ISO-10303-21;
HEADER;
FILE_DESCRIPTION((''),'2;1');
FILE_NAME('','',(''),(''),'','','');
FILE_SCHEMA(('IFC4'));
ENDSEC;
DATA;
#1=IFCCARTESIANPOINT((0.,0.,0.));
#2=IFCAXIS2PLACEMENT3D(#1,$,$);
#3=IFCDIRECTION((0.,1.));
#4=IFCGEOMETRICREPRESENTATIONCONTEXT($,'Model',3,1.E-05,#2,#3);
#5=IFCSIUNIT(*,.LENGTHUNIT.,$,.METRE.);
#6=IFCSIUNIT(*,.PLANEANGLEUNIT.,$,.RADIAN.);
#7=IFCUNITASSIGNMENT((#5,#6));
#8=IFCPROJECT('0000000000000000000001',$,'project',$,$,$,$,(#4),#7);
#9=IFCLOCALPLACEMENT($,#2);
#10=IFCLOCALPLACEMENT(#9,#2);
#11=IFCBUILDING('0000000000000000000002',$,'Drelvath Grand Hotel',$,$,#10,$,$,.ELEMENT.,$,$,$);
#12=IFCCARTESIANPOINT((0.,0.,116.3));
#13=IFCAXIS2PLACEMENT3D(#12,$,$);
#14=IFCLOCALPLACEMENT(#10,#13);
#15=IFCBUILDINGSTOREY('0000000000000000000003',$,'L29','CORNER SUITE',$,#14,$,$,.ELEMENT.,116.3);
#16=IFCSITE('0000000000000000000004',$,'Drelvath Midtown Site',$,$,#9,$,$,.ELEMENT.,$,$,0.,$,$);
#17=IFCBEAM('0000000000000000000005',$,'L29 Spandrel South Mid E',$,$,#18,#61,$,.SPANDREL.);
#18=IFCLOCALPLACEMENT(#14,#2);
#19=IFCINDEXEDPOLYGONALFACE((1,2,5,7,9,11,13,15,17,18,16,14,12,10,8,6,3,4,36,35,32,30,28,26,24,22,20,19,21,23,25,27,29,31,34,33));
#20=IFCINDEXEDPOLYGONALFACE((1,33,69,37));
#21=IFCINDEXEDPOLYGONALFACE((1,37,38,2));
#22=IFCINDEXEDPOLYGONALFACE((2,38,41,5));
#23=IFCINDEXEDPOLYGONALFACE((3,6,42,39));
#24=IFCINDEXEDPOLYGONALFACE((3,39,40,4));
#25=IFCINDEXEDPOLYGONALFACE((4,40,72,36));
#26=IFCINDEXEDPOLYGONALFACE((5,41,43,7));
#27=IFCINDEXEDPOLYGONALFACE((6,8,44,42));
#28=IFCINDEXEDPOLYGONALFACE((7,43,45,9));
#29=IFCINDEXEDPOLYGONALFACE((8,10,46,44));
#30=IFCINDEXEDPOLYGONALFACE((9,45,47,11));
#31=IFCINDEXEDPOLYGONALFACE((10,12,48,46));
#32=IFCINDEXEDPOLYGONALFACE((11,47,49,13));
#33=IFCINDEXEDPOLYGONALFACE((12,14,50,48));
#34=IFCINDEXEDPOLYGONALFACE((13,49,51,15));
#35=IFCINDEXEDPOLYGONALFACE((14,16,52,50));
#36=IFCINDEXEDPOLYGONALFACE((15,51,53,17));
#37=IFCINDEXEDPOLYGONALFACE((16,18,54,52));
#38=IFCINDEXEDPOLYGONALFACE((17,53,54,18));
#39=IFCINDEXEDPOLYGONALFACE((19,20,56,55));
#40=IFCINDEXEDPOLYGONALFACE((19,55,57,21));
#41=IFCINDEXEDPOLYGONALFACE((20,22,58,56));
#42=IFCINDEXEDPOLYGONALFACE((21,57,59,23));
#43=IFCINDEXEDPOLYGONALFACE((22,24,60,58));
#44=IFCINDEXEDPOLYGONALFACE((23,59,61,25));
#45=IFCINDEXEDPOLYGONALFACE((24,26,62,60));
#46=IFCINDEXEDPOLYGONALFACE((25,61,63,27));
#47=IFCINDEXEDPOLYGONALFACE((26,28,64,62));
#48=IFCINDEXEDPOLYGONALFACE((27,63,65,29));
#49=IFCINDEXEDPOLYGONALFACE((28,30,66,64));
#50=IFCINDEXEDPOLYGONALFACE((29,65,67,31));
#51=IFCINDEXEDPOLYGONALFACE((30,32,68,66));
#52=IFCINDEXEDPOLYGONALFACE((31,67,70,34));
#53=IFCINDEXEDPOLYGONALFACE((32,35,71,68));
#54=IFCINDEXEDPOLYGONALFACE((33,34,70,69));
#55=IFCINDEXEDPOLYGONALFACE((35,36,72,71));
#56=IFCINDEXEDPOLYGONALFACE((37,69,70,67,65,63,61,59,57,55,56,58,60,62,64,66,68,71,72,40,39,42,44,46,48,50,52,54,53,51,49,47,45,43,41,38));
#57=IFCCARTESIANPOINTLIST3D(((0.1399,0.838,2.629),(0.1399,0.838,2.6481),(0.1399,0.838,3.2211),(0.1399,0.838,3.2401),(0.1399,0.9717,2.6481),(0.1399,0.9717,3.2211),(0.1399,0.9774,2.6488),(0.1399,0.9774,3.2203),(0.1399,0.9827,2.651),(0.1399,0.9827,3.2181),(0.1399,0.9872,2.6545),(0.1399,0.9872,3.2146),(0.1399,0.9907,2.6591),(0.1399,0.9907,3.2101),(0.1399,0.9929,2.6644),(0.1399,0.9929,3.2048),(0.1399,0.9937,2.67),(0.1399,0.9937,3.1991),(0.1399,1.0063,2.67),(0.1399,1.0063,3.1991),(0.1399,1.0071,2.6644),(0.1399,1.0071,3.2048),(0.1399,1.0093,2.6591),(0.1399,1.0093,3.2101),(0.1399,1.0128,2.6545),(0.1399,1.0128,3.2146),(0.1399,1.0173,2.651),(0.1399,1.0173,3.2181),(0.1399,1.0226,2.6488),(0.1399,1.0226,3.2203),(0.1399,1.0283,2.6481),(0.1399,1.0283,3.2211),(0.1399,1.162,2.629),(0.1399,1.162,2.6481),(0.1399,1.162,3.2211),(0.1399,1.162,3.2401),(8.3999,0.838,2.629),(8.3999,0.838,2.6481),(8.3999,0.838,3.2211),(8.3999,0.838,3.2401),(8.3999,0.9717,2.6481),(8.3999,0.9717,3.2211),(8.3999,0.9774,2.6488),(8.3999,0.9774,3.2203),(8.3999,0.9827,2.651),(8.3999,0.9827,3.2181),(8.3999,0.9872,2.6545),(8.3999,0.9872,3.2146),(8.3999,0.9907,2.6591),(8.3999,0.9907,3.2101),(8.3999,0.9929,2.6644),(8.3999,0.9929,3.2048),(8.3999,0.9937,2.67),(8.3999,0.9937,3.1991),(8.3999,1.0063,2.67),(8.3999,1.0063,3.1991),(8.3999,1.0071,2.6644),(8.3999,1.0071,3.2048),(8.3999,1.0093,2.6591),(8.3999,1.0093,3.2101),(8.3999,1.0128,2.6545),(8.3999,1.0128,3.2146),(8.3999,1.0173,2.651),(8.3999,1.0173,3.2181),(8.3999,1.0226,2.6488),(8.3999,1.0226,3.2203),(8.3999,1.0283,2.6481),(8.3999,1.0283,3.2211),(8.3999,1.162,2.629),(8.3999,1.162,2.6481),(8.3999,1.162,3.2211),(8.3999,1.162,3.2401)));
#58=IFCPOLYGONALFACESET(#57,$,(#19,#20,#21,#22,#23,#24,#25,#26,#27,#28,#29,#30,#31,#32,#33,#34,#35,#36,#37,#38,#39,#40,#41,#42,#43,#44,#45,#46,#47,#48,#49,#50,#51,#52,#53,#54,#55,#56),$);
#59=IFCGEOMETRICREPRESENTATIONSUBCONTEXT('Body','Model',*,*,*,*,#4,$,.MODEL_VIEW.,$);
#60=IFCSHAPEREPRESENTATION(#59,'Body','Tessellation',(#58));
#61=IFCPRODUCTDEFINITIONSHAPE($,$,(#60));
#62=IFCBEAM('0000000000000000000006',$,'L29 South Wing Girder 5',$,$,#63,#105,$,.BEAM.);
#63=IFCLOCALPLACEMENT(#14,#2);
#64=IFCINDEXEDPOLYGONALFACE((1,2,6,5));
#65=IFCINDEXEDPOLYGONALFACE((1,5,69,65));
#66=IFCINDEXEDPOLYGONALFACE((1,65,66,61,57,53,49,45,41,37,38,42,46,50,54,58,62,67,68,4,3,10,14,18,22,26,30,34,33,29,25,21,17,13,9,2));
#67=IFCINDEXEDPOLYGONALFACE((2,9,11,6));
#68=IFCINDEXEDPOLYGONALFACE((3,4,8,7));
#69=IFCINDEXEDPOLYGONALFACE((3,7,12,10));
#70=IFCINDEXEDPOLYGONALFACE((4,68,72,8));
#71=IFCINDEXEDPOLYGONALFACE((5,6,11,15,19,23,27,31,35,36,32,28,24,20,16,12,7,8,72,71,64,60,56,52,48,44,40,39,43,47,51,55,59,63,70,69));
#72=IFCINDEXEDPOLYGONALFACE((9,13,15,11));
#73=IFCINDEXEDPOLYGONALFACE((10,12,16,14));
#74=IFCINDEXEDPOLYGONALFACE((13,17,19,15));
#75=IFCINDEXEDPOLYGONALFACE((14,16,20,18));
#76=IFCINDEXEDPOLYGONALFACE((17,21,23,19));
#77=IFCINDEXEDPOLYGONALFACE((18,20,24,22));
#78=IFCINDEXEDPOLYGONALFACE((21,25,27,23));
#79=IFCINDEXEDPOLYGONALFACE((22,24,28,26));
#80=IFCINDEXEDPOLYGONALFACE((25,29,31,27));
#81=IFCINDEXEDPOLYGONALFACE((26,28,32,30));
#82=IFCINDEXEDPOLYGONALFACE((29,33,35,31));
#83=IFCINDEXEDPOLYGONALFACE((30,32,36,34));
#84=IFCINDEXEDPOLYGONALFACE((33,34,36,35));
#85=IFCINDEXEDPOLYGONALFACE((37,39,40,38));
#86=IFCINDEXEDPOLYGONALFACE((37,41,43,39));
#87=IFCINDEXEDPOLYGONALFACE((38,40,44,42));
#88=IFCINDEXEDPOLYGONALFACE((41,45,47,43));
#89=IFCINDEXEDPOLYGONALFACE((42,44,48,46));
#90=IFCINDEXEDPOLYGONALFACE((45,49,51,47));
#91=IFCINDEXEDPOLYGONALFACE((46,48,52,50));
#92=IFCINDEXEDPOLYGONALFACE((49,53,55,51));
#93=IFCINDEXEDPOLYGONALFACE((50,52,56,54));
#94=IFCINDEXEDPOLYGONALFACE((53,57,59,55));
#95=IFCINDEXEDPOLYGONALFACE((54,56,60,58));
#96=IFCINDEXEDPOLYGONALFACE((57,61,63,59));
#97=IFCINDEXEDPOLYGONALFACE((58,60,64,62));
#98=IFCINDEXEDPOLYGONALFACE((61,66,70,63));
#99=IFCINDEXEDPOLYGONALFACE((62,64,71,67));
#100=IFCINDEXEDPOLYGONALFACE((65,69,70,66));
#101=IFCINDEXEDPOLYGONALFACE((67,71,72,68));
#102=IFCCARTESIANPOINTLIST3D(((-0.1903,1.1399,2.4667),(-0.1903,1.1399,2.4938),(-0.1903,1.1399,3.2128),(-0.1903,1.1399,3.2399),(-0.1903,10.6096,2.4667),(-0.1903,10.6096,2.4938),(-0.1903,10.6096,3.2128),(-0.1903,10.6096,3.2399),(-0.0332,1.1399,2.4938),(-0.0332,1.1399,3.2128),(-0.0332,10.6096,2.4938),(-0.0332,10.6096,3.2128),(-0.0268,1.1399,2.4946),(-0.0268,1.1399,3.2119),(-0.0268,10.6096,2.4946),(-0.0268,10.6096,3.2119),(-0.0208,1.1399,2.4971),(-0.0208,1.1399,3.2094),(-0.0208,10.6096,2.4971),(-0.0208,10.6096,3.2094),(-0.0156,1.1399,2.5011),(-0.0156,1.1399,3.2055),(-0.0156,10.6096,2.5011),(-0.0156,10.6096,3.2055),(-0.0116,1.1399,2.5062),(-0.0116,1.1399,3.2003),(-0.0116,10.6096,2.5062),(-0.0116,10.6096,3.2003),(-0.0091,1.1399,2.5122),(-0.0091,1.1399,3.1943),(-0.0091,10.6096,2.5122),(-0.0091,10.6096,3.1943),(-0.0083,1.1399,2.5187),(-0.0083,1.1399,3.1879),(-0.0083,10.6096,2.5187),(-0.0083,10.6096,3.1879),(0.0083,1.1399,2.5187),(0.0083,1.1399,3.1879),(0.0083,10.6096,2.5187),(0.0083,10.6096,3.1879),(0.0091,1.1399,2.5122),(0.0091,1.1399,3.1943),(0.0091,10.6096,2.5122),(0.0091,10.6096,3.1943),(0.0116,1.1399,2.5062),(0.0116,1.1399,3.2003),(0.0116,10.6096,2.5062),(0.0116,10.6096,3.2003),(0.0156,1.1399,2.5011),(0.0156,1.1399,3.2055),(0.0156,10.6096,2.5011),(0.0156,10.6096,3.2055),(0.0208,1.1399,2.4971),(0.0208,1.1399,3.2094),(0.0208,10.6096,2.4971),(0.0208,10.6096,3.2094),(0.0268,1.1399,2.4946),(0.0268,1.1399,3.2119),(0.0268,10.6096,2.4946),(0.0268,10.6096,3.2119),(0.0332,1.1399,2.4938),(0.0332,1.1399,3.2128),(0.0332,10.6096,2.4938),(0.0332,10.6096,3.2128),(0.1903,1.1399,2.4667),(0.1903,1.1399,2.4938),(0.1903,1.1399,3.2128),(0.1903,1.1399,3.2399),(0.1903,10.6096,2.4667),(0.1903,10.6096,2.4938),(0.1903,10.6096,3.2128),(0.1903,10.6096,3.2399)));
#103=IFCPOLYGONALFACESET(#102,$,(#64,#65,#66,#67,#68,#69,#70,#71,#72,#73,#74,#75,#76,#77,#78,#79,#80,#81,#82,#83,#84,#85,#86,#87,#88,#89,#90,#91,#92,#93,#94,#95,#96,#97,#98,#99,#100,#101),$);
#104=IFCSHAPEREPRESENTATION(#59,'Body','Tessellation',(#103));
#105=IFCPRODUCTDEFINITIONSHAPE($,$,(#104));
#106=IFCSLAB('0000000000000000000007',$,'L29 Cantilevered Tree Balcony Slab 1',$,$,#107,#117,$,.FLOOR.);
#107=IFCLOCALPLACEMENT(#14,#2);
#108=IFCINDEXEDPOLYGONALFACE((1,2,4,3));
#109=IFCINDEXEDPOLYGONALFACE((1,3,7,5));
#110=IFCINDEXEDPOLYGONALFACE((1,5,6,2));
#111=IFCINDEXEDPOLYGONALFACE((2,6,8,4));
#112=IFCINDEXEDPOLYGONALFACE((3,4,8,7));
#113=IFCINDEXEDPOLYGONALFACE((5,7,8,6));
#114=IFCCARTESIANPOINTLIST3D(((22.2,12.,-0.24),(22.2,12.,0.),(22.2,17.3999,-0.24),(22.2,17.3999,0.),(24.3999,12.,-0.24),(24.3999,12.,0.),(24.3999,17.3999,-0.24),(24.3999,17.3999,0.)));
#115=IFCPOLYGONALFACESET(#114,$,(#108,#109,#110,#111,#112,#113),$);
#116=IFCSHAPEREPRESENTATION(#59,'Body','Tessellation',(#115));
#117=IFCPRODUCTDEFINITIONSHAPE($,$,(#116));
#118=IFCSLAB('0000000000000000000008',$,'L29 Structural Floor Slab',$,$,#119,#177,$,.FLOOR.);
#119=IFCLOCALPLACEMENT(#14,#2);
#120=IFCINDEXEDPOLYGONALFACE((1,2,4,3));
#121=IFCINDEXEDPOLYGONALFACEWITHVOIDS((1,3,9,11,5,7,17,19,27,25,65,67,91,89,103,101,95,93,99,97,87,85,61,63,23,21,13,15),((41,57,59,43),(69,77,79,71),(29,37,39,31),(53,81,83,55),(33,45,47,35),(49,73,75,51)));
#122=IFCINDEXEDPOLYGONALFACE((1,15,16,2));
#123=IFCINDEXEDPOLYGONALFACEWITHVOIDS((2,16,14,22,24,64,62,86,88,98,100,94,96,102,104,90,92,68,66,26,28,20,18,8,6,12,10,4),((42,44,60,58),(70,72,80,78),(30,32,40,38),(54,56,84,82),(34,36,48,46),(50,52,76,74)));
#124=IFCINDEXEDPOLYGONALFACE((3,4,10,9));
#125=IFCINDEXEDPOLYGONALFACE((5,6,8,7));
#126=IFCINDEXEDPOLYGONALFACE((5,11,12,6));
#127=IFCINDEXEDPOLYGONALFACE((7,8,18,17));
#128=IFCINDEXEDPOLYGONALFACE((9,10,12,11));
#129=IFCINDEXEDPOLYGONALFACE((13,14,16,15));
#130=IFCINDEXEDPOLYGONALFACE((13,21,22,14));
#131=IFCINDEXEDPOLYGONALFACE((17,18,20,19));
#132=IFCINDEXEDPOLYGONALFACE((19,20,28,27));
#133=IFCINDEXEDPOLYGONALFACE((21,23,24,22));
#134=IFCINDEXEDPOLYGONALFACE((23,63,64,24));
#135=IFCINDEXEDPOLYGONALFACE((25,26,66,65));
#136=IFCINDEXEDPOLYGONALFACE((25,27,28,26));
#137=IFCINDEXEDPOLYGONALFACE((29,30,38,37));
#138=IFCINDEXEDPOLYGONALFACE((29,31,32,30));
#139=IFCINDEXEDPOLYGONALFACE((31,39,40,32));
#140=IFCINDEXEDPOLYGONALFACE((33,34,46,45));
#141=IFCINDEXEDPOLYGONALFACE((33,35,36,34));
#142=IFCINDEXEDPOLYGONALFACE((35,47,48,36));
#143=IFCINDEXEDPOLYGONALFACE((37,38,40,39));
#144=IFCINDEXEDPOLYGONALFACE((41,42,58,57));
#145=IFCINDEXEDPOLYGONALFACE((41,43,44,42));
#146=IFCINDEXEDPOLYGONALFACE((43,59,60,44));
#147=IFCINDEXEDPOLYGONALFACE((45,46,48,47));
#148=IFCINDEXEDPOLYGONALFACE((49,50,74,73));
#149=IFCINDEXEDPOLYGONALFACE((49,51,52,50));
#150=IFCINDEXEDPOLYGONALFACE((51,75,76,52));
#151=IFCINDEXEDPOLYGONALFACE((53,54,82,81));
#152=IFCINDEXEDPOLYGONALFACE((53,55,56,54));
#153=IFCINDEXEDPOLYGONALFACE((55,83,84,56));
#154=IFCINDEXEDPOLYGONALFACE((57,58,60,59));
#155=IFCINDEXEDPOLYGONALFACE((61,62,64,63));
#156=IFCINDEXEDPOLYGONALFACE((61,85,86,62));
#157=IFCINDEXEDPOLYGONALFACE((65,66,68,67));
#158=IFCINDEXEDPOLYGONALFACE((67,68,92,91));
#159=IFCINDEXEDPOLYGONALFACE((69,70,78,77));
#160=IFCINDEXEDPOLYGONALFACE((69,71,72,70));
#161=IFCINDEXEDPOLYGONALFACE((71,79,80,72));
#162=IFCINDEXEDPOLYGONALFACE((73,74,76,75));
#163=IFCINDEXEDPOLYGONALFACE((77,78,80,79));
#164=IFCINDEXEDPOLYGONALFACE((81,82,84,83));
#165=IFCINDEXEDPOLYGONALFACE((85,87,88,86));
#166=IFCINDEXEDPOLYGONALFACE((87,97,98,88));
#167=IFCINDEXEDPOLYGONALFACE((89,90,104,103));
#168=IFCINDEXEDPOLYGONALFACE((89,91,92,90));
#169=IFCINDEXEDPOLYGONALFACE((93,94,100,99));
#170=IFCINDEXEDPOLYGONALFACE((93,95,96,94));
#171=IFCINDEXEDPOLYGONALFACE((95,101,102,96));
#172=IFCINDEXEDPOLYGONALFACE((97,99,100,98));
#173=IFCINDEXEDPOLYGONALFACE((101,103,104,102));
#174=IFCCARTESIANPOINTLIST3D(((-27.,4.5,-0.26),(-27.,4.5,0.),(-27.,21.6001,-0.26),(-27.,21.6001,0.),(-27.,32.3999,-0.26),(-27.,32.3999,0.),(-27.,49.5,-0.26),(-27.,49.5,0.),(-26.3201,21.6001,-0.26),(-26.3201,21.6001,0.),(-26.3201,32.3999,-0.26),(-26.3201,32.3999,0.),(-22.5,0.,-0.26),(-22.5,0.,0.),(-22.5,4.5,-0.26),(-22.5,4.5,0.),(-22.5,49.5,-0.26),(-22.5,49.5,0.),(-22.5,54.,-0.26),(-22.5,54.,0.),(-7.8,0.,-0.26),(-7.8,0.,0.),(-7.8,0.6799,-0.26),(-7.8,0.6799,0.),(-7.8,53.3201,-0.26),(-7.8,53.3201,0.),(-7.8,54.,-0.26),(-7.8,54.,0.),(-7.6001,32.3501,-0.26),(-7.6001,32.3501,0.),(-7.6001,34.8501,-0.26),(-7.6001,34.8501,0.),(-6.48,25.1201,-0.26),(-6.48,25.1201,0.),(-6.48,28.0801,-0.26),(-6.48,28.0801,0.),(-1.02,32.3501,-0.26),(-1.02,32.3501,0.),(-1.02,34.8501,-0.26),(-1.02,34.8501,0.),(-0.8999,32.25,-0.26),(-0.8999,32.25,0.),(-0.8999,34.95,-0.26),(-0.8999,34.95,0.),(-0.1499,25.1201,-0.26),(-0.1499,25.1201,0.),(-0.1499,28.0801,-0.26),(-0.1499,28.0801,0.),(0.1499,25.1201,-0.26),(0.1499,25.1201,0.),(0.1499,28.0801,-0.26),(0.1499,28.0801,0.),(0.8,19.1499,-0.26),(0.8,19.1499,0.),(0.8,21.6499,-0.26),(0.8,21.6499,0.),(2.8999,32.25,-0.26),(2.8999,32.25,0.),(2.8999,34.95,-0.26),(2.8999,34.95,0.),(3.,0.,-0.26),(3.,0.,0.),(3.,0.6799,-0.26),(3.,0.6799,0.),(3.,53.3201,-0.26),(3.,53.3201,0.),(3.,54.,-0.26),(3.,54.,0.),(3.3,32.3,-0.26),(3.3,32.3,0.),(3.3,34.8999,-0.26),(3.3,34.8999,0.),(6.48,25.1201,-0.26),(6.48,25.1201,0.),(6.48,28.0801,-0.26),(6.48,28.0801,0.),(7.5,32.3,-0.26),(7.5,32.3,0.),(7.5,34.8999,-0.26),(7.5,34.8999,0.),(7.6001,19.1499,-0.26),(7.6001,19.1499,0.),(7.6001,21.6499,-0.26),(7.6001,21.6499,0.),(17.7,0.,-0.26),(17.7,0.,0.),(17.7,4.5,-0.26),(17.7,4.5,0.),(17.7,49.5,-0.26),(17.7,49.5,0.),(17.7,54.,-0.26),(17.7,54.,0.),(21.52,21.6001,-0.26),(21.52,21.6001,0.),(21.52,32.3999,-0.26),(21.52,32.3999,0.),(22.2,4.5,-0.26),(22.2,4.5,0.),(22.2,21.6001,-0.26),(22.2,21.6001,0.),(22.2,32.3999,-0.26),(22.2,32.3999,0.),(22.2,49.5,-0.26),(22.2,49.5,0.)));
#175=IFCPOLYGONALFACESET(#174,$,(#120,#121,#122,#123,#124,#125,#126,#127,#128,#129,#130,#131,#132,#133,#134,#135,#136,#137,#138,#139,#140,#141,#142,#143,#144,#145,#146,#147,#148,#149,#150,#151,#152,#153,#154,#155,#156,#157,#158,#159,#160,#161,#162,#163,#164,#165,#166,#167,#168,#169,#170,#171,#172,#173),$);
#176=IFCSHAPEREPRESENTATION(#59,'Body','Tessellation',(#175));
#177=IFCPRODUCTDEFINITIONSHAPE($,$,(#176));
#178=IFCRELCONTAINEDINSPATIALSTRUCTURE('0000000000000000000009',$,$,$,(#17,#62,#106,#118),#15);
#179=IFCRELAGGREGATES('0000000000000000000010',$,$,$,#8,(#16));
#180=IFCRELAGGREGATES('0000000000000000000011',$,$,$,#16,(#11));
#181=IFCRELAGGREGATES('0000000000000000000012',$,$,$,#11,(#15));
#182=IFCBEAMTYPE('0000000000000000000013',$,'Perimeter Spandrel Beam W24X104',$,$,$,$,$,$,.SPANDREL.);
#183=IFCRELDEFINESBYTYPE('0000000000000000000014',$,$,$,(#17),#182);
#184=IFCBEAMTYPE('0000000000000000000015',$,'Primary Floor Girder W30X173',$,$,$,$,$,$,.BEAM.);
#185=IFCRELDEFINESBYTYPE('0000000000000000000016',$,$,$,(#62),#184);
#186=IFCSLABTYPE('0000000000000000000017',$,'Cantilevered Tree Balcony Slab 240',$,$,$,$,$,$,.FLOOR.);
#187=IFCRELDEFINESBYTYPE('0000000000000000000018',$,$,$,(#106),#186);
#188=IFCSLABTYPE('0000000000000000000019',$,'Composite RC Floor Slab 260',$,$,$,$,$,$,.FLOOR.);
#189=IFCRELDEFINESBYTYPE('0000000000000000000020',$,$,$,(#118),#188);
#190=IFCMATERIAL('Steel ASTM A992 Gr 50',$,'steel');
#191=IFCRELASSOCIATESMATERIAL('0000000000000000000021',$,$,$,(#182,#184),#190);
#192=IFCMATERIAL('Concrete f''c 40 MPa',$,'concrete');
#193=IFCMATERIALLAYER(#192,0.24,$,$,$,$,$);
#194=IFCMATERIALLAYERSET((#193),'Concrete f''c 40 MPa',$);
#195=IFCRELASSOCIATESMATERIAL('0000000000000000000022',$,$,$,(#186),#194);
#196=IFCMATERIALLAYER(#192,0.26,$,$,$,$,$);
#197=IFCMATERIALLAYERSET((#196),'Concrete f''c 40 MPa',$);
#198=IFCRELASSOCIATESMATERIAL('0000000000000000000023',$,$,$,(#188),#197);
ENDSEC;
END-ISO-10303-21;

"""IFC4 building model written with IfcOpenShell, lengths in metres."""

from ifc_helpers import new_model, si_unit, direction, frame, origin, origin_2d, place, context, subcontext, project, spatial, polyline, i_section, outline, extrude, material, layer, layer_set, material_profile, profile_set, type_object, element, save


model = new_model("IFC4")

# Units and contexts
model_context = context("Model", 3, precision=1e-05, world=origin(), true_north=direction((0.0, 1.0)))
body_context = subcontext(model_context, "Body", "Model", "MODEL_VIEW")
ifc_project = project(units=[si_unit("LENGTHUNIT", "METRE"), si_unit("PLANEANGLEUNIT", "RADIAN")], contexts=[model_context])

# Site, building, storey
site_placement = place(None, origin())
site = spatial("IfcSite", under=ifc_project, at=site_placement, Name="Drelvath Midtown Site", CompositionType="ELEMENT", RefElevation=0.0)
building_placement = place(site_placement, origin())
building = spatial("IfcBuilding", under=site, at=building_placement, Name="Drelvath Grand Hotel", CompositionType="ELEMENT")
storey_placement = place(building_placement, frame((0.0, 0.0, 116.3)))
storey = spatial("IfcBuildingStorey", under=building, at=storey_placement, Name="L29", Description="CORNER SUITE", CompositionType="ELEMENT", Elevation=116.3)

# Beams
ifc_material_1 = material(Name="Steel ASTM A992 Gr 50", Category="steel")
ifc_material_profile_1 = material_profile(ifc_material_1, i_section(OverallWidth=0.324, OverallDepth=0.6111, WebThickness=0.0127, FlangeThickness=0.019, FilletRadius=0.022, at=origin_2d()), Name="W24X104")
ifc_profile_set_1 = profile_set([ifc_material_profile_1], Name="Steel ASTM A992 Gr 50")
beam_type_1 = type_object("IfcBeamType", Name="Perimeter Spandrel Beam W24X104", PredefinedType="SPANDREL", material=ifc_profile_set_1)
beam_1_placement = place(storey_placement, frame((0.1399, 1.0, 2.9346), z_axis=(1.0, 0.0, 0.0), x_axis=(0.0, 1.0, 0.0)))
element("IfcBeam", 1, at=beam_1_placement, inside=storey, type_object=beam_type_1, Name="L29 Spandrel South Mid E", PredefinedType="SPANDREL", context=body_context, shape_type="SweptSolid", body=[
    extrude(i_section(OverallWidth=0.324, OverallDepth=0.6111, WebThickness=0.0127, FlangeThickness=0.019, FilletRadius=0.022, at=origin_2d()), origin(), (0.0, 0.0, 1.0), 8.26),
])
ifc_material_profile_2 = material_profile(ifc_material_1, i_section(OverallWidth=0.3806, OverallDepth=0.7732, WebThickness=0.0166, FlangeThickness=0.0271, FilletRadius=0.0249, at=origin_2d()), Name="W30X173")
ifc_profile_set_2 = profile_set([ifc_material_profile_2], Name="Steel ASTM A992 Gr 50")
beam_type_2 = type_object("IfcBeamType", Name="Primary Floor Girder W30X173", PredefinedType="BEAM", material=ifc_profile_set_2)
beam_2_placement = place(storey_placement, frame((0.0, 1.1399, 2.8533), z_axis=(0.0, 1.0, 0.0), x_axis=(-1.0, 0.0, 0.0)))
element("IfcBeam", 2, at=beam_2_placement, inside=storey, type_object=beam_type_2, Name="L29 South Wing Girder 5", PredefinedType="BEAM", context=body_context, shape_type="SweptSolid", body=[
    extrude(i_section(OverallWidth=0.3806, OverallDepth=0.7732, WebThickness=0.0166, FlangeThickness=0.0271, FilletRadius=0.0249, at=origin_2d()), origin(), (0.0, 0.0, 1.0), 9.4697),
])

# Slabs
ifc_material_2 = material(Name="Concrete f'c 40 MPa", Category="concrete")
ifc_layer_1 = layer(ifc_material_2, 0.24)
ifc_layer_set_1 = layer_set([ifc_layer_1], Name="Concrete f'c 40 MPa")
slab_type_1 = type_object("IfcSlabType", Name="Cantilevered Tree Balcony Slab 240", PredefinedType="FLOOR", material=ifc_layer_set_1)
slab_1_placement = place(storey_placement, frame((0.0, 0.0, -0.24)))
element("IfcSlab", 3, at=slab_1_placement, inside=storey, type_object=slab_type_1, Name="L29 Cantilevered Tree Balcony Slab 1", PredefinedType="FLOOR", context=body_context, shape_type="SweptSolid", body=[
    extrude(outline(polyline([(22.2, 12.0), (24.3999, 12.0), (24.3999, 17.3999), (22.2, 17.3999), (22.2, 12.0)])), origin(), (0.0, 0.0, 1.0), 0.24),
])
ifc_layer_2 = layer(ifc_material_2, 0.26)
ifc_layer_set_2 = layer_set([ifc_layer_2], Name="Concrete f'c 40 MPa")
slab_type_2 = type_object("IfcSlabType", Name="Composite RC Floor Slab 260", PredefinedType="FLOOR", material=ifc_layer_set_2)
slab_2_placement = place(storey_placement, frame((0.0, 0.0, -0.26)))
element("IfcSlab", 4, at=slab_2_placement, inside=storey, type_object=slab_type_2, Name="L29 Structural Floor Slab", PredefinedType="FLOOR", context=body_context, shape_type="SweptSolid", body=[
    extrude(outline(polyline([(-22.5, 0.0), (-7.8, 0.0), (-7.8, 0.6799), (3.0, 0.6799), (3.0, 0.0), (17.7, 0.0), (17.7, 4.5), (22.2, 4.5), (22.2, 21.6001), (21.52, 21.6001), (21.52, 32.3999), (22.2, 32.3999), (22.2, 49.5), (17.7, 49.5), (17.7, 54.0), (3.0, 54.0), (3.0, 53.3201), (-7.8, 53.3201), (-7.8, 54.0), (-22.5, 54.0), (-22.5, 49.5), (-27.0, 49.5), (-27.0, 32.3999), (-26.3201, 32.3999), (-26.3201, 21.6001), (-27.0, 21.6001), (-27.0, 4.5), (-22.5, 4.5), (-22.5, 0.0)]), holes=[polyline([(-6.48, 25.1201), (-6.48, 28.0801), (-0.1499, 28.0801), (-0.1499, 25.1201), (-6.48, 25.1201)]), polyline([(0.1499, 25.1201), (0.1499, 28.0801), (6.48, 28.0801), (6.48, 25.1201), (0.1499, 25.1201)]), polyline([(0.8, 19.1499), (0.8, 21.6499), (7.6001, 21.6499), (7.6001, 19.1499), (0.8, 19.1499)]), polyline([(-7.6001, 32.3501), (-7.6001, 34.8501), (-1.02, 34.8501), (-1.02, 32.3501), (-7.6001, 32.3501)]), polyline([(-0.8999, 32.25), (-0.8999, 34.95), (2.8999, 34.95), (2.8999, 32.25), (-0.8999, 32.25)]), polyline([(3.3, 32.3), (3.3, 34.8999), (7.5, 34.8999), (7.5, 32.3), (3.3, 32.3)])]), origin(), (0.0, 0.0, 1.0), 0.26),
])

save(model, "model.ifc")
